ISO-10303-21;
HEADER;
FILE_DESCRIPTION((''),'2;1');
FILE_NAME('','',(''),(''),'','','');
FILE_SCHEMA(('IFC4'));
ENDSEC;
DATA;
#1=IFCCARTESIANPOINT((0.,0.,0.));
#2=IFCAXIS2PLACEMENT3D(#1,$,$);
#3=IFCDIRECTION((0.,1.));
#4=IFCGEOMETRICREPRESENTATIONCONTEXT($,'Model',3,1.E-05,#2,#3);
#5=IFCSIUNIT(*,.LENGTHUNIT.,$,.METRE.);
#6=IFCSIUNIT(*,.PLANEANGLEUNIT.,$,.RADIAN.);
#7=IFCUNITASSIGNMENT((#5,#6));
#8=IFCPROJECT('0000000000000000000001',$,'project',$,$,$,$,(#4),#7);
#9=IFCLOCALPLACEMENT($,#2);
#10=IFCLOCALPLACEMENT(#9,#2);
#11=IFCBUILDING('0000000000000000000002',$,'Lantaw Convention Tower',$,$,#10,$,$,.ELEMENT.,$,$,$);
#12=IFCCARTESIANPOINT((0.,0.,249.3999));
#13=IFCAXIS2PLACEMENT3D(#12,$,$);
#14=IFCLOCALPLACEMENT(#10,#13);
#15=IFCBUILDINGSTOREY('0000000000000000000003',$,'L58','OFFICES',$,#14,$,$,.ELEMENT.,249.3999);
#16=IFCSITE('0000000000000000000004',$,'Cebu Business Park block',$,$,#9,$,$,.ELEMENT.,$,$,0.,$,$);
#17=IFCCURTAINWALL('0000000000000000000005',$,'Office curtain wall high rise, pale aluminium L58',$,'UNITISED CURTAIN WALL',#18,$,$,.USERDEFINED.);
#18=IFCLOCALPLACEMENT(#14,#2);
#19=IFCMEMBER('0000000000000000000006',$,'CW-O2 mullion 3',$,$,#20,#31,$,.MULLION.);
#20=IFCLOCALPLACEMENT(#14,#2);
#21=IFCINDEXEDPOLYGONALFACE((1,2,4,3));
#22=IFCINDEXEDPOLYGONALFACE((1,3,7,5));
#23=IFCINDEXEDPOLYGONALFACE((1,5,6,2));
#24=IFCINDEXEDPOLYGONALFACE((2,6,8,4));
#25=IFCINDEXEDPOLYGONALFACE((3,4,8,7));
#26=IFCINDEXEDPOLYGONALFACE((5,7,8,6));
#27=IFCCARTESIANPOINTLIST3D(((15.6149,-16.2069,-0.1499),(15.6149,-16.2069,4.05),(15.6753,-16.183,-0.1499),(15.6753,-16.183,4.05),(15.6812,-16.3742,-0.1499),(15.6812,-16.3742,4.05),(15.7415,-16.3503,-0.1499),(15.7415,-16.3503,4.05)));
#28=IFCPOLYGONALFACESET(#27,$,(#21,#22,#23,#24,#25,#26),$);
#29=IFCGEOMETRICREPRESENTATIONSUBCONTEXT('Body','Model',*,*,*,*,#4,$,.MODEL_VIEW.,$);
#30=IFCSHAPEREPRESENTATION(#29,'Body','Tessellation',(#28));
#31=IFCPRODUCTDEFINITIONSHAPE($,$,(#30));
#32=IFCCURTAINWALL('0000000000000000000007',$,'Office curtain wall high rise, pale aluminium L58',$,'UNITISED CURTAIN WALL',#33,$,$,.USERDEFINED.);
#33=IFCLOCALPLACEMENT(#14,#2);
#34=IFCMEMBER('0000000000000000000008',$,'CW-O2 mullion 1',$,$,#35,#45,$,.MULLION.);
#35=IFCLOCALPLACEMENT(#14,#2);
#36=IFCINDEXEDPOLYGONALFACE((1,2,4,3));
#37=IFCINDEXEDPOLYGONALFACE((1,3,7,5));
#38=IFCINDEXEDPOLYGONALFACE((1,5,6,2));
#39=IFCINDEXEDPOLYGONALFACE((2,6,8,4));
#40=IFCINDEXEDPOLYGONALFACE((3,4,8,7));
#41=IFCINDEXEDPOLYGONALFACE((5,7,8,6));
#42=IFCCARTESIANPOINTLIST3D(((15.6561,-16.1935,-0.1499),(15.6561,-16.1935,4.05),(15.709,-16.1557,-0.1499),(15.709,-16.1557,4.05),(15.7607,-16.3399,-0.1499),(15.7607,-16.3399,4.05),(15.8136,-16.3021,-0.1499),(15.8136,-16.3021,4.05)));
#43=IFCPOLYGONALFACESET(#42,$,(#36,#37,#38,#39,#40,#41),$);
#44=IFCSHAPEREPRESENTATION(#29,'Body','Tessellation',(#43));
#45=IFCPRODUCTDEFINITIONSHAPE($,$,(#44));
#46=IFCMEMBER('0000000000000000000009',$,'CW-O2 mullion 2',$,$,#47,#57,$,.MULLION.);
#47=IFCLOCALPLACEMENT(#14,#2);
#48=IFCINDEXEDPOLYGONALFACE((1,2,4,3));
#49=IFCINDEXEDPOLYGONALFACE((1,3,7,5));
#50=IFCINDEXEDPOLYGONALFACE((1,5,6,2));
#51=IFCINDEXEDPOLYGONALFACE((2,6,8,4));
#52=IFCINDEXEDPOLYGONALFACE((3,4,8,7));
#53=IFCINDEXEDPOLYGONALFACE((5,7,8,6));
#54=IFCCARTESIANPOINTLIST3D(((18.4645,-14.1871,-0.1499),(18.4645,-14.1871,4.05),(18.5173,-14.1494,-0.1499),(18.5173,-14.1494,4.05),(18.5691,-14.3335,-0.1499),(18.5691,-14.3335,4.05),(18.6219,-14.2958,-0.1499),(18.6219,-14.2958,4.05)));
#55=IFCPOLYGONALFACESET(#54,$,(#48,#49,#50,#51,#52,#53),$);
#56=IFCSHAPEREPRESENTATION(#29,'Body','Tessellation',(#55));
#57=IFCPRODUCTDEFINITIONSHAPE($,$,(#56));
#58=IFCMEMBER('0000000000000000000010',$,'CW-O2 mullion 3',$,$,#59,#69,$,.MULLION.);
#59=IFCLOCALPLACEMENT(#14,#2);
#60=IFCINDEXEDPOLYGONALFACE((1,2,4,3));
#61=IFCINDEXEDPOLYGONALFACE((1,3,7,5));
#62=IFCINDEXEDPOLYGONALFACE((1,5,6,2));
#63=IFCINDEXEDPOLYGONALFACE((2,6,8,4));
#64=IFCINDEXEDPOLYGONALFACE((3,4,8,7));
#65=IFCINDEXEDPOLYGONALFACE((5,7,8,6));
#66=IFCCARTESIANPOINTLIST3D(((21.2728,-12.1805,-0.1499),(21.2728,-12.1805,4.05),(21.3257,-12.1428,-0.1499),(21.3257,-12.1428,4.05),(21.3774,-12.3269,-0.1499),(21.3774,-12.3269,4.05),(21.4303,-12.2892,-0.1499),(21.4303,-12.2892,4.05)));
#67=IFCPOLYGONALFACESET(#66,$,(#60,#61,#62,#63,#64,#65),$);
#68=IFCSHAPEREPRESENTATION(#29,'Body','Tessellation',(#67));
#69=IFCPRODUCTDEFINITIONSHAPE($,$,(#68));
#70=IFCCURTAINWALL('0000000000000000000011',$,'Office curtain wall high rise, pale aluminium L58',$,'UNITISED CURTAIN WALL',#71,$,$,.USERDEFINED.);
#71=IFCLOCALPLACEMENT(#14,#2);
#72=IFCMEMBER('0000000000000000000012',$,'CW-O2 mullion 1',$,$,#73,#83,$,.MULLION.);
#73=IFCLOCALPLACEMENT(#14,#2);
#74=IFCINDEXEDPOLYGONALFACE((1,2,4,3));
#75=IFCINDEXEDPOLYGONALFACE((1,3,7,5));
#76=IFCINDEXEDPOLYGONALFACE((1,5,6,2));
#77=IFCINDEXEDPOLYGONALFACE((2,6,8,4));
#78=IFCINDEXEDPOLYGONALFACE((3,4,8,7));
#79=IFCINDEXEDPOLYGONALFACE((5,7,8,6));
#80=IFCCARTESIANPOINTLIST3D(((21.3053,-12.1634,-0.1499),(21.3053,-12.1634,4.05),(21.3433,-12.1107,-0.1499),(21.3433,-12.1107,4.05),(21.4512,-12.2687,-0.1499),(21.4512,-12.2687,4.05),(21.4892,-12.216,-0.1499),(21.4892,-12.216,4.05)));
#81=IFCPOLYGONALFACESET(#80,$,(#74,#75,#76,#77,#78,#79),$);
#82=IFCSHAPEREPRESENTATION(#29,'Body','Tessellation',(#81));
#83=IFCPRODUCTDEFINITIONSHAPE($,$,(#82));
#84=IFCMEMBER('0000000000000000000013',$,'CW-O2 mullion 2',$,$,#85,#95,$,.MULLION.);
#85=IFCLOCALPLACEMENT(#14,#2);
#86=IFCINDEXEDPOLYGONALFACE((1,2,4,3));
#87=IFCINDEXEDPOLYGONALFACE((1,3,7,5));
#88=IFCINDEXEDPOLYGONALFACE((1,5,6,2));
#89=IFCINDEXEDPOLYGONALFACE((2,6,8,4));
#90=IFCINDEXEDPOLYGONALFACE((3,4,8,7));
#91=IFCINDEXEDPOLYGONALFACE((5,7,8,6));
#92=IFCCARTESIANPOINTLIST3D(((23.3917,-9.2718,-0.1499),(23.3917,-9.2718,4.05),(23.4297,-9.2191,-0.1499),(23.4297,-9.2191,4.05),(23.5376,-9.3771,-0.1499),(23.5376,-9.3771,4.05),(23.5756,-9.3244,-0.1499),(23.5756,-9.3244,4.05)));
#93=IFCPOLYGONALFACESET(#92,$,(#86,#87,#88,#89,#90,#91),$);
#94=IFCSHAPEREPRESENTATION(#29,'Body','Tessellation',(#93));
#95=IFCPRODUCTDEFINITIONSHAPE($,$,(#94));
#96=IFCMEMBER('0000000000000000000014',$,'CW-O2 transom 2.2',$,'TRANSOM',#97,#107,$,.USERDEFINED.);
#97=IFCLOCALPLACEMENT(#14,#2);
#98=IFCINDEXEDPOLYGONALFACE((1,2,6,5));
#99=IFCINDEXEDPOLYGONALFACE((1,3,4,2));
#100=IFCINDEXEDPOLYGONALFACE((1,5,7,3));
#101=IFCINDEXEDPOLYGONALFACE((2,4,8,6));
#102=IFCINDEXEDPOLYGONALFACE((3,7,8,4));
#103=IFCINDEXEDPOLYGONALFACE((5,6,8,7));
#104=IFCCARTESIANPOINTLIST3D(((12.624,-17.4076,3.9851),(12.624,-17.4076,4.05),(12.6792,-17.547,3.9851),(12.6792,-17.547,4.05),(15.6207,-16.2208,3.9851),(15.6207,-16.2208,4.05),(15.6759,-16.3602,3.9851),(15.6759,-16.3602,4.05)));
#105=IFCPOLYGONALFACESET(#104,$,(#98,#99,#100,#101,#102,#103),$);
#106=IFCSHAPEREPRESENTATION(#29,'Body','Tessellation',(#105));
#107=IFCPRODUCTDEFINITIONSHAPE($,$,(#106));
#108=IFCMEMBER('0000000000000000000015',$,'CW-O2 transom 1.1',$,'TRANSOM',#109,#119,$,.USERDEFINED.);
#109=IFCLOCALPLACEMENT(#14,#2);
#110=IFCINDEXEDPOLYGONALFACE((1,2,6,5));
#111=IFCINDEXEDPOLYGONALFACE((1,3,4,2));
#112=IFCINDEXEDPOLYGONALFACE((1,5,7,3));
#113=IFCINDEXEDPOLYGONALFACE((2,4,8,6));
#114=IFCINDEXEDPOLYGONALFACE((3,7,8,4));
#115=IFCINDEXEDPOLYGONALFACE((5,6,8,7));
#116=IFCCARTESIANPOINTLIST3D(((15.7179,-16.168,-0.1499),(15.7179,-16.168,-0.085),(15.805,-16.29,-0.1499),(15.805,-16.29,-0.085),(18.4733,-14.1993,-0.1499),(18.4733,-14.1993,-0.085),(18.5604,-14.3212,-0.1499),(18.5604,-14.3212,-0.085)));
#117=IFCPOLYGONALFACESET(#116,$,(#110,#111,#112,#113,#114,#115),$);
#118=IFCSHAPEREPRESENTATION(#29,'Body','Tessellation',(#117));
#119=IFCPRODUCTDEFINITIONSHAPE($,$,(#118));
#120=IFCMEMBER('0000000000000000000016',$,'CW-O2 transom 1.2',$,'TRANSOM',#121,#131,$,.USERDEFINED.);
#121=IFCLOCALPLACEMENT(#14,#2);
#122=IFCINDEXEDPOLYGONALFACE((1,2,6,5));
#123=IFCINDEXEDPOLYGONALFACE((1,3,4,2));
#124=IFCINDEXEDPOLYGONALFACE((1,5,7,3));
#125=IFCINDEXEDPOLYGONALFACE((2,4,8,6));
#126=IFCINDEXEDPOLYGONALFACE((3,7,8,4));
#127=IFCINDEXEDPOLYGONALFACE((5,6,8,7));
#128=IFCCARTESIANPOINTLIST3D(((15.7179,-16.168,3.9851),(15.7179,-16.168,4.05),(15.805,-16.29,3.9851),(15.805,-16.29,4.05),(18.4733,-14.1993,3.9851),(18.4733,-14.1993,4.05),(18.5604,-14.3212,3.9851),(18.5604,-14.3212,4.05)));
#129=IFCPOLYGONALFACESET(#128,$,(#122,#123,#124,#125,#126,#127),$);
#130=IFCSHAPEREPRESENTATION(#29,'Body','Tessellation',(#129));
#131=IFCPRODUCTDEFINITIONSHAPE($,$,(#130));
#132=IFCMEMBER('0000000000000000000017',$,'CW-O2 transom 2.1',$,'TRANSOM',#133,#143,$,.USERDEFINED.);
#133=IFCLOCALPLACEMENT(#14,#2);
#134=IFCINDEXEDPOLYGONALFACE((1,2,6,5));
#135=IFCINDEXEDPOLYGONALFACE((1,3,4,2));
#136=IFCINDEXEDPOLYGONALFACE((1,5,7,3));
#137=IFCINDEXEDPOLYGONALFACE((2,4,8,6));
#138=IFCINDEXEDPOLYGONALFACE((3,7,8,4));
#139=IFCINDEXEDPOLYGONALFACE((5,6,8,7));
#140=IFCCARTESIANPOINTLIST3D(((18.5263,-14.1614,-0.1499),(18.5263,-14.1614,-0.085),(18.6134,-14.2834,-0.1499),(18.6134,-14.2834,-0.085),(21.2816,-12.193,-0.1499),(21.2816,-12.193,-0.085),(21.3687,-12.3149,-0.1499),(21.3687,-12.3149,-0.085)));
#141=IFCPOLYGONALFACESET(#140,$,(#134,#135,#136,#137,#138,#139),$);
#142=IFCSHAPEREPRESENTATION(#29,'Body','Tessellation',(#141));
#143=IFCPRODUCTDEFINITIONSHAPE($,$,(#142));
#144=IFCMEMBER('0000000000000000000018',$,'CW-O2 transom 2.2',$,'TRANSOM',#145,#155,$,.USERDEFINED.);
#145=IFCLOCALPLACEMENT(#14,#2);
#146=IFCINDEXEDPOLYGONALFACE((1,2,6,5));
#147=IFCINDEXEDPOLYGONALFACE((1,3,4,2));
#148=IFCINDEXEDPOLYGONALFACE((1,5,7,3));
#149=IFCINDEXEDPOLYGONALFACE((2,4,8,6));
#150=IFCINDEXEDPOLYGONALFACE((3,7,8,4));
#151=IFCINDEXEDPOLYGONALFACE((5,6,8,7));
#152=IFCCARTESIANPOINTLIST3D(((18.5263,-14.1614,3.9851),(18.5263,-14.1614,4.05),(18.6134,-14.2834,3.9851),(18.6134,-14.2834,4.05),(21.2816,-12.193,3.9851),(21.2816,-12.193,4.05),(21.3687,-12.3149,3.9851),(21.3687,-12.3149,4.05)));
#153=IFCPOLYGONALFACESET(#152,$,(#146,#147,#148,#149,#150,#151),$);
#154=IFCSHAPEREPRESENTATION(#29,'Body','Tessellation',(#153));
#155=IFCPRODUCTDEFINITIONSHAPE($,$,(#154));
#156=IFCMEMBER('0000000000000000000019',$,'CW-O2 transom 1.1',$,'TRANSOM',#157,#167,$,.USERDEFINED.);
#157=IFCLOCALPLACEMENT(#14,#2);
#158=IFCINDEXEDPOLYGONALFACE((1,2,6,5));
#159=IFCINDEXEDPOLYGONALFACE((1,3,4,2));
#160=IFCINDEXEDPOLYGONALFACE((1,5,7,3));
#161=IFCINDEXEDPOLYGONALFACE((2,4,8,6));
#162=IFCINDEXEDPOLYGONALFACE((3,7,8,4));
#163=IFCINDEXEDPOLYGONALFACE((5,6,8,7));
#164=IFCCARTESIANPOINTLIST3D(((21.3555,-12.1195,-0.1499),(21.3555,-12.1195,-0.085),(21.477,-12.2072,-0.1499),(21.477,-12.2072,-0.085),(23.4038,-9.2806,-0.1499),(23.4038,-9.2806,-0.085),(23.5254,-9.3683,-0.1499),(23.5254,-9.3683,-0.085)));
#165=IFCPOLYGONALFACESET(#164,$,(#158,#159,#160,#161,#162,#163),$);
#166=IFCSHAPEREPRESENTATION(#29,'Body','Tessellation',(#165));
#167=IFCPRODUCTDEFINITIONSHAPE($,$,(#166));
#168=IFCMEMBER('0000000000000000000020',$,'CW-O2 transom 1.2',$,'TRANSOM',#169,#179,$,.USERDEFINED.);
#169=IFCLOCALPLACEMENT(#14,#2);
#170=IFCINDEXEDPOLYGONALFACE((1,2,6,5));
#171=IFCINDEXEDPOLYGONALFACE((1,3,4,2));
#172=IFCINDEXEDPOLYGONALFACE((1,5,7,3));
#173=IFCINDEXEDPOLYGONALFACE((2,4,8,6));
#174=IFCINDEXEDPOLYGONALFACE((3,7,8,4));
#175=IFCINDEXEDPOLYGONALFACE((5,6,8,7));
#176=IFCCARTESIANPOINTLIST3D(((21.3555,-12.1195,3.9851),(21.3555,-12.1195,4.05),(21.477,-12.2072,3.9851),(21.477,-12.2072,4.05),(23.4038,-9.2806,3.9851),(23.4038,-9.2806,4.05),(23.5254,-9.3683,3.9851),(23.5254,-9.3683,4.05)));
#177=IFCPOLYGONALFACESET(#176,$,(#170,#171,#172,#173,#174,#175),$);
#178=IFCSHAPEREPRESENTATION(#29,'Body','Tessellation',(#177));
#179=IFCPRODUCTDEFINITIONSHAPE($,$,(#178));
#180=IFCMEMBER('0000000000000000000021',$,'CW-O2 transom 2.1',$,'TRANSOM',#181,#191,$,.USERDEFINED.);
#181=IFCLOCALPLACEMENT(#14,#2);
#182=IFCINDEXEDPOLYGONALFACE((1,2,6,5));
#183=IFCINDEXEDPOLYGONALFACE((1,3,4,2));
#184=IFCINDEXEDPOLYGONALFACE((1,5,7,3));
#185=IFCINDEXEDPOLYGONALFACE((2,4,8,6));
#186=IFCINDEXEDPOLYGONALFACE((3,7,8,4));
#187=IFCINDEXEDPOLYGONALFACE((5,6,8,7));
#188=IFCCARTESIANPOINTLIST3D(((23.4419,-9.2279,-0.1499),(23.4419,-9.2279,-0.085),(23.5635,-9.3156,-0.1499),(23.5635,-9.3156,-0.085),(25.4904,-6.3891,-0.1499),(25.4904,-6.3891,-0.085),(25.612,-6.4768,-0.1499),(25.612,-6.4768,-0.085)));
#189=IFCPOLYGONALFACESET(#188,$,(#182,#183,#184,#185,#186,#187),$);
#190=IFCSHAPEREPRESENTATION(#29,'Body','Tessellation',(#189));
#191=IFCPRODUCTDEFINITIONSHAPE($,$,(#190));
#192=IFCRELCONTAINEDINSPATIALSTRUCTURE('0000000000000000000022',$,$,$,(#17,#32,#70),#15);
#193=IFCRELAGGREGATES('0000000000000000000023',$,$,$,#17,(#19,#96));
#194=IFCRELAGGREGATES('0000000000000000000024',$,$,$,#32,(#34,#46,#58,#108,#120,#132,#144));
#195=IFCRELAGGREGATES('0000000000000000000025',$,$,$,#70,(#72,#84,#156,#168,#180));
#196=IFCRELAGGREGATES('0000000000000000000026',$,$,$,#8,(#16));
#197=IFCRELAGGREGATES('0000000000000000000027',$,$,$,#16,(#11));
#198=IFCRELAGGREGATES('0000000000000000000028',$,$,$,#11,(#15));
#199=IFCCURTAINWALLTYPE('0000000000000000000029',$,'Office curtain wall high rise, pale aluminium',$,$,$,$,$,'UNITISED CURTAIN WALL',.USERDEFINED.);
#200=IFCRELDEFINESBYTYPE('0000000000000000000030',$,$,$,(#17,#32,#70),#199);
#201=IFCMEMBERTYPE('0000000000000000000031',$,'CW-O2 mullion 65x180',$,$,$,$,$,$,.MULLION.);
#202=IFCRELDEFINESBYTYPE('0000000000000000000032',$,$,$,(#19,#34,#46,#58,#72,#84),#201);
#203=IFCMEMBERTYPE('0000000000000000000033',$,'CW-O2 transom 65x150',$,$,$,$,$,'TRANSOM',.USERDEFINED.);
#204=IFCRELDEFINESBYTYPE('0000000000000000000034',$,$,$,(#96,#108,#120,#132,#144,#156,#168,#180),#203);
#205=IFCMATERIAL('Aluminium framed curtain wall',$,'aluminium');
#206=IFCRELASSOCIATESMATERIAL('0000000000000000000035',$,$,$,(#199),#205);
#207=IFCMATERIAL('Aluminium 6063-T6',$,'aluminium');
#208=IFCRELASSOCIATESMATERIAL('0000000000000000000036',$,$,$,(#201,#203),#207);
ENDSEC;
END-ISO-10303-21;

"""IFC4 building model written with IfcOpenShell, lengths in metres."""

from ifc_helpers import new_model, si_unit, direction, frame, origin, origin_2d, place, context, subcontext, project, spatial, rectangle, extrude, material, material_profile, profile_set, type_object, element, aggregate, save


model = new_model("IFC4")

# Units and contexts
model_context = context("Model", 3, precision=1e-05, world=origin(), true_north=direction((0.0, 1.0)))
body_context = subcontext(model_context, "Body", "Model", "MODEL_VIEW")
ifc_project = project(units=[si_unit("LENGTHUNIT", "METRE"), si_unit("PLANEANGLEUNIT", "RADIAN")], contexts=[model_context])

# Site, building, storey
site_placement = place(None, origin())
site = spatial("IfcSite", under=ifc_project, at=site_placement, Name="Cebu Business Park block", CompositionType="ELEMENT", RefElevation=0.0)
building_placement = place(site_placement, origin())
building = spatial("IfcBuilding", under=site, at=building_placement, Name="Lantaw Convention Tower", CompositionType="ELEMENT")
storey_placement = place(building_placement, frame((0.0, 0.0, 249.3999)))
storey = spatial("IfcBuildingStorey", under=building, at=storey_placement, Name="L58", Description="OFFICES", CompositionType="ELEMENT", Elevation=249.3999)

# Curtain wall, member
ifc_material_1 = material(Name="Aluminium framed curtain wall", Category="aluminium")
curtain_wall_type = type_object("IfcCurtainWallType", Name="Office curtain wall high rise, pale aluminium", ElementType="UNITISED CURTAIN WALL", PredefinedType="USERDEFINED", material=ifc_material_1)
curtain_wall_1_placement = place(storey_placement, origin())
curtain_wall_1 = element("IfcCurtainWall", 1, at=curtain_wall_1_placement, inside=storey, type_object=curtain_wall_type, Name="Office curtain wall high rise, pale aluminium L58", ObjectType="UNITISED CURTAIN WALL", PredefinedType="USERDEFINED")
ifc_material_2 = material(Name="Aluminium 6063-T6", Category="aluminium")
ifc_material_profile_1 = material_profile(ifc_material_2, rectangle(XDim=0.1799, YDim=0.0649, at=origin_2d()), Name="CW-O2 mullion 65x180")
ifc_profile_set_1 = profile_set([ifc_material_profile_1], Name="Aluminium 6063-T6")
member_type_1 = type_object("IfcMemberType", Name="CW-O2 mullion 65x180", PredefinedType="MULLION", material=ifc_profile_set_1)
member_1_placement = place(storey_placement, frame((15.6782, -16.2786, -0.1499), z_axis=(0.0, 0.0, 1.0), x_axis=(-0.368162, 0.929762, 0.0)))
member_1 = element("IfcMember", 2, at=member_1_placement, type_object=member_type_1, Name="CW-O2 mullion 3", PredefinedType="MULLION", context=body_context, shape_type="SweptSolid", body=[
    extrude(rectangle(XDim=0.1799, YDim=0.0649, at=origin_2d()), origin(), (0.0, 0.0, 1.0), 4.2),
])

# Curtain walls, members
curtain_wall_2_placement = place(storey_placement, origin())
curtain_wall_2 = element("IfcCurtainWall", 3, at=curtain_wall_2_placement, inside=storey, type_object=curtain_wall_type, Name="Office curtain wall high rise, pale aluminium L58", ObjectType="UNITISED CURTAIN WALL", PredefinedType="USERDEFINED")
member_2_placement = place(storey_placement, frame((15.7349, -16.2478, -0.1499), z_axis=(0.0, 0.0, 1.0), x_axis=(-0.581323, 0.813673, 0.0)))
member_2 = element("IfcMember", 4, at=member_2_placement, type_object=member_type_1, Name="CW-O2 mullion 1", PredefinedType="MULLION", context=body_context, shape_type="SweptSolid", body=[
    extrude(rectangle(XDim=0.1799, YDim=0.0649, at=origin_2d()), origin(), (0.0, 0.0, 1.0), 4.2),
])
member_3_placement = place(storey_placement, frame((18.5432, -14.2415, -0.1499), z_axis=(0.0, 0.0, 1.0), x_axis=(-0.581323, 0.813673, 0.0)))
member_3 = element("IfcMember", 5, at=member_3_placement, type_object=member_type_1, Name="CW-O2 mullion 2", PredefinedType="MULLION", context=body_context, shape_type="SweptSolid", body=[
    extrude(rectangle(XDim=0.1799, YDim=0.0649, at=origin_2d()), origin(), (0.0, 0.0, 1.0), 4.2),
])
member_4_placement = place(storey_placement, frame((21.3516, -12.2349, -0.1499), z_axis=(0.0, 0.0, 1.0), x_axis=(-0.581323, 0.813673, 0.0)))
member_4 = element("IfcMember", 6, at=member_4_placement, type_object=member_type_1, Name="CW-O2 mullion 3", PredefinedType="MULLION", context=body_context, shape_type="SweptSolid", body=[
    extrude(rectangle(XDim=0.1799, YDim=0.0649, at=origin_2d()), origin(), (0.0, 0.0, 1.0), 4.2),
])
curtain_wall_3_placement = place(storey_placement, origin())
curtain_wall_3 = element("IfcCurtainWall", 7, at=curtain_wall_3_placement, inside=storey, type_object=curtain_wall_type, Name="Office curtain wall high rise, pale aluminium L58", ObjectType="UNITISED CURTAIN WALL", PredefinedType="USERDEFINED")
member_5_placement = place(storey_placement, frame((21.3972, -12.1897, -0.1499), z_axis=(0.0, 0.0, 1.0), x_axis=(-0.81092, 0.585158, 0.0)))
member_5 = element("IfcMember", 8, at=member_5_placement, type_object=member_type_1, Name="CW-O2 mullion 1", PredefinedType="MULLION", context=body_context, shape_type="SweptSolid", body=[
    extrude(rectangle(XDim=0.1799, YDim=0.0649, at=origin_2d()), origin(), (0.0, 0.0, 1.0), 4.2),
])
member_6_placement = place(storey_placement, frame((23.4836, -9.2981, -0.1499), z_axis=(0.0, 0.0, 1.0), x_axis=(-0.81092, 0.585158, 0.0)))
member_6 = element("IfcMember", 9, at=member_6_placement, type_object=member_type_1, Name="CW-O2 mullion 2", PredefinedType="MULLION", context=body_context, shape_type="SweptSolid", body=[
    extrude(rectangle(XDim=0.1799, YDim=0.0649, at=origin_2d()), origin(), (0.0, 0.0, 1.0), 4.2),
])

# Members
ifc_material_profile_2 = material_profile(ifc_material_2, rectangle(XDim=0.1499, YDim=0.0649, at=origin_2d()), Name="CW-O2 transom 65x150")
ifc_profile_set_2 = profile_set([ifc_material_profile_2], Name="Aluminium 6063-T6")
member_type_2 = type_object("IfcMemberType", Name="CW-O2 transom 65x150", ElementType="TRANSOM", PredefinedType="USERDEFINED", material=ifc_profile_set_2)
member_7_placement = place(storey_placement, frame((12.6516, -17.4773, 4.0176), z_axis=(0.929741, 0.368215, 0.0), x_axis=(-0.368215, 0.929741, 0.0)))
member_7 = element("IfcMember", 10, at=member_7_placement, type_object=member_type_2, Name="CW-O2 transom 2.2", ObjectType="TRANSOM", PredefinedType="USERDEFINED", context=body_context, shape_type="SweptSolid", body=[
    extrude(rectangle(XDim=0.1499, YDim=0.0649, at=origin_2d()), origin(), (0.0, 0.0, 1.0), 3.2231),
])
member_8_placement = place(storey_placement, frame((15.7615, -16.229, -0.1174), z_axis=(0.813646, 0.581361, 0.0), x_axis=(-0.581361, 0.813646, 0.0)))
member_8 = element("IfcMember", 11, at=member_8_placement, type_object=member_type_2, Name="CW-O2 transom 1.1", ObjectType="TRANSOM", PredefinedType="USERDEFINED", context=body_context, shape_type="SweptSolid", body=[
    extrude(rectangle(XDim=0.1499, YDim=0.0649, at=origin_2d()), origin(), (0.0, 0.0, 1.0), 3.3865),
])
member_9_placement = place(storey_placement, frame((15.7615, -16.229, 4.0176), z_axis=(0.813646, 0.581361, 0.0), x_axis=(-0.581361, 0.813646, 0.0)))
member_9 = element("IfcMember", 12, at=member_9_placement, type_object=member_type_2, Name="CW-O2 transom 1.2", ObjectType="TRANSOM", PredefinedType="USERDEFINED", context=body_context, shape_type="SweptSolid", body=[
    extrude(rectangle(XDim=0.1499, YDim=0.0649, at=origin_2d()), origin(), (0.0, 0.0, 1.0), 3.3865),
])
member_10_placement = place(storey_placement, frame((18.5698, -14.2224, -0.1174), z_axis=(0.81368, 0.581313, 0.0), x_axis=(-0.581313, 0.81368, 0.0)))
member_10 = element("IfcMember", 13, at=member_10_placement, type_object=member_type_2, Name="CW-O2 transom 2.1", ObjectType="TRANSOM", PredefinedType="USERDEFINED", context=body_context, shape_type="SweptSolid", body=[
    extrude(rectangle(XDim=0.1499, YDim=0.0649, at=origin_2d()), origin(), (0.0, 0.0, 1.0), 3.3862),
])
member_11_placement = place(storey_placement, frame((18.5698, -14.2224, 4.0176), z_axis=(0.81368, 0.581313, 0.0), x_axis=(-0.581313, 0.81368, 0.0)))
member_11 = element("IfcMember", 14, at=member_11_placement, type_object=member_type_2, Name="CW-O2 transom 2.2", ObjectType="TRANSOM", PredefinedType="USERDEFINED", context=body_context, shape_type="SweptSolid", body=[
    extrude(rectangle(XDim=0.1499, YDim=0.0649, at=origin_2d()), origin(), (0.0, 0.0, 1.0), 3.3862),
])
member_12_placement = place(storey_placement, frame((21.4163, -12.1633, -0.1174), z_axis=(0.585124, 0.810944, 0.0), x_axis=(-0.810944, 0.585124, 0.0)))
member_12 = element("IfcMember", 15, at=member_12_placement, type_object=member_type_2, Name="CW-O2 transom 1.1", ObjectType="TRANSOM", PredefinedType="USERDEFINED", context=body_context, shape_type="SweptSolid", body=[
    extrude(rectangle(XDim=0.1499, YDim=0.0649, at=origin_2d()), origin(), (0.0, 0.0, 1.0), 3.5007),
])
member_13_placement = place(storey_placement, frame((21.4163, -12.1633, 4.0176), z_axis=(0.585124, 0.810944, 0.0), x_axis=(-0.810944, 0.585124, 0.0)))
member_13 = element("IfcMember", 16, at=member_13_placement, type_object=member_type_2, Name="CW-O2 transom 1.2", ObjectType="TRANSOM", PredefinedType="USERDEFINED", context=body_context, shape_type="SweptSolid", body=[
    extrude(rectangle(XDim=0.1499, YDim=0.0649, at=origin_2d()), origin(), (0.0, 0.0, 1.0), 3.5007),
])
member_14_placement = place(storey_placement, frame((23.5027, -9.2717, -0.1174), z_axis=(0.58517, 0.810911, 0.0), x_axis=(-0.810911, 0.58517, 0.0)))
member_14 = element("IfcMember", 17, at=member_14_placement, type_object=member_type_2, Name="CW-O2 transom 2.1", ObjectType="TRANSOM", PredefinedType="USERDEFINED", context=body_context, shape_type="SweptSolid", body=[
    extrude(rectangle(XDim=0.1499, YDim=0.0649, at=origin_2d()), origin(), (0.0, 0.0, 1.0), 3.5007),
])

aggregate(curtain_wall_1, [member_1, member_7])
aggregate(curtain_wall_2, [member_2, member_3, member_4, member_8, member_9, member_10, member_11])
aggregate(curtain_wall_3, [member_5, member_6, member_12, member_13, member_14])

save(model, "model.ifc")
